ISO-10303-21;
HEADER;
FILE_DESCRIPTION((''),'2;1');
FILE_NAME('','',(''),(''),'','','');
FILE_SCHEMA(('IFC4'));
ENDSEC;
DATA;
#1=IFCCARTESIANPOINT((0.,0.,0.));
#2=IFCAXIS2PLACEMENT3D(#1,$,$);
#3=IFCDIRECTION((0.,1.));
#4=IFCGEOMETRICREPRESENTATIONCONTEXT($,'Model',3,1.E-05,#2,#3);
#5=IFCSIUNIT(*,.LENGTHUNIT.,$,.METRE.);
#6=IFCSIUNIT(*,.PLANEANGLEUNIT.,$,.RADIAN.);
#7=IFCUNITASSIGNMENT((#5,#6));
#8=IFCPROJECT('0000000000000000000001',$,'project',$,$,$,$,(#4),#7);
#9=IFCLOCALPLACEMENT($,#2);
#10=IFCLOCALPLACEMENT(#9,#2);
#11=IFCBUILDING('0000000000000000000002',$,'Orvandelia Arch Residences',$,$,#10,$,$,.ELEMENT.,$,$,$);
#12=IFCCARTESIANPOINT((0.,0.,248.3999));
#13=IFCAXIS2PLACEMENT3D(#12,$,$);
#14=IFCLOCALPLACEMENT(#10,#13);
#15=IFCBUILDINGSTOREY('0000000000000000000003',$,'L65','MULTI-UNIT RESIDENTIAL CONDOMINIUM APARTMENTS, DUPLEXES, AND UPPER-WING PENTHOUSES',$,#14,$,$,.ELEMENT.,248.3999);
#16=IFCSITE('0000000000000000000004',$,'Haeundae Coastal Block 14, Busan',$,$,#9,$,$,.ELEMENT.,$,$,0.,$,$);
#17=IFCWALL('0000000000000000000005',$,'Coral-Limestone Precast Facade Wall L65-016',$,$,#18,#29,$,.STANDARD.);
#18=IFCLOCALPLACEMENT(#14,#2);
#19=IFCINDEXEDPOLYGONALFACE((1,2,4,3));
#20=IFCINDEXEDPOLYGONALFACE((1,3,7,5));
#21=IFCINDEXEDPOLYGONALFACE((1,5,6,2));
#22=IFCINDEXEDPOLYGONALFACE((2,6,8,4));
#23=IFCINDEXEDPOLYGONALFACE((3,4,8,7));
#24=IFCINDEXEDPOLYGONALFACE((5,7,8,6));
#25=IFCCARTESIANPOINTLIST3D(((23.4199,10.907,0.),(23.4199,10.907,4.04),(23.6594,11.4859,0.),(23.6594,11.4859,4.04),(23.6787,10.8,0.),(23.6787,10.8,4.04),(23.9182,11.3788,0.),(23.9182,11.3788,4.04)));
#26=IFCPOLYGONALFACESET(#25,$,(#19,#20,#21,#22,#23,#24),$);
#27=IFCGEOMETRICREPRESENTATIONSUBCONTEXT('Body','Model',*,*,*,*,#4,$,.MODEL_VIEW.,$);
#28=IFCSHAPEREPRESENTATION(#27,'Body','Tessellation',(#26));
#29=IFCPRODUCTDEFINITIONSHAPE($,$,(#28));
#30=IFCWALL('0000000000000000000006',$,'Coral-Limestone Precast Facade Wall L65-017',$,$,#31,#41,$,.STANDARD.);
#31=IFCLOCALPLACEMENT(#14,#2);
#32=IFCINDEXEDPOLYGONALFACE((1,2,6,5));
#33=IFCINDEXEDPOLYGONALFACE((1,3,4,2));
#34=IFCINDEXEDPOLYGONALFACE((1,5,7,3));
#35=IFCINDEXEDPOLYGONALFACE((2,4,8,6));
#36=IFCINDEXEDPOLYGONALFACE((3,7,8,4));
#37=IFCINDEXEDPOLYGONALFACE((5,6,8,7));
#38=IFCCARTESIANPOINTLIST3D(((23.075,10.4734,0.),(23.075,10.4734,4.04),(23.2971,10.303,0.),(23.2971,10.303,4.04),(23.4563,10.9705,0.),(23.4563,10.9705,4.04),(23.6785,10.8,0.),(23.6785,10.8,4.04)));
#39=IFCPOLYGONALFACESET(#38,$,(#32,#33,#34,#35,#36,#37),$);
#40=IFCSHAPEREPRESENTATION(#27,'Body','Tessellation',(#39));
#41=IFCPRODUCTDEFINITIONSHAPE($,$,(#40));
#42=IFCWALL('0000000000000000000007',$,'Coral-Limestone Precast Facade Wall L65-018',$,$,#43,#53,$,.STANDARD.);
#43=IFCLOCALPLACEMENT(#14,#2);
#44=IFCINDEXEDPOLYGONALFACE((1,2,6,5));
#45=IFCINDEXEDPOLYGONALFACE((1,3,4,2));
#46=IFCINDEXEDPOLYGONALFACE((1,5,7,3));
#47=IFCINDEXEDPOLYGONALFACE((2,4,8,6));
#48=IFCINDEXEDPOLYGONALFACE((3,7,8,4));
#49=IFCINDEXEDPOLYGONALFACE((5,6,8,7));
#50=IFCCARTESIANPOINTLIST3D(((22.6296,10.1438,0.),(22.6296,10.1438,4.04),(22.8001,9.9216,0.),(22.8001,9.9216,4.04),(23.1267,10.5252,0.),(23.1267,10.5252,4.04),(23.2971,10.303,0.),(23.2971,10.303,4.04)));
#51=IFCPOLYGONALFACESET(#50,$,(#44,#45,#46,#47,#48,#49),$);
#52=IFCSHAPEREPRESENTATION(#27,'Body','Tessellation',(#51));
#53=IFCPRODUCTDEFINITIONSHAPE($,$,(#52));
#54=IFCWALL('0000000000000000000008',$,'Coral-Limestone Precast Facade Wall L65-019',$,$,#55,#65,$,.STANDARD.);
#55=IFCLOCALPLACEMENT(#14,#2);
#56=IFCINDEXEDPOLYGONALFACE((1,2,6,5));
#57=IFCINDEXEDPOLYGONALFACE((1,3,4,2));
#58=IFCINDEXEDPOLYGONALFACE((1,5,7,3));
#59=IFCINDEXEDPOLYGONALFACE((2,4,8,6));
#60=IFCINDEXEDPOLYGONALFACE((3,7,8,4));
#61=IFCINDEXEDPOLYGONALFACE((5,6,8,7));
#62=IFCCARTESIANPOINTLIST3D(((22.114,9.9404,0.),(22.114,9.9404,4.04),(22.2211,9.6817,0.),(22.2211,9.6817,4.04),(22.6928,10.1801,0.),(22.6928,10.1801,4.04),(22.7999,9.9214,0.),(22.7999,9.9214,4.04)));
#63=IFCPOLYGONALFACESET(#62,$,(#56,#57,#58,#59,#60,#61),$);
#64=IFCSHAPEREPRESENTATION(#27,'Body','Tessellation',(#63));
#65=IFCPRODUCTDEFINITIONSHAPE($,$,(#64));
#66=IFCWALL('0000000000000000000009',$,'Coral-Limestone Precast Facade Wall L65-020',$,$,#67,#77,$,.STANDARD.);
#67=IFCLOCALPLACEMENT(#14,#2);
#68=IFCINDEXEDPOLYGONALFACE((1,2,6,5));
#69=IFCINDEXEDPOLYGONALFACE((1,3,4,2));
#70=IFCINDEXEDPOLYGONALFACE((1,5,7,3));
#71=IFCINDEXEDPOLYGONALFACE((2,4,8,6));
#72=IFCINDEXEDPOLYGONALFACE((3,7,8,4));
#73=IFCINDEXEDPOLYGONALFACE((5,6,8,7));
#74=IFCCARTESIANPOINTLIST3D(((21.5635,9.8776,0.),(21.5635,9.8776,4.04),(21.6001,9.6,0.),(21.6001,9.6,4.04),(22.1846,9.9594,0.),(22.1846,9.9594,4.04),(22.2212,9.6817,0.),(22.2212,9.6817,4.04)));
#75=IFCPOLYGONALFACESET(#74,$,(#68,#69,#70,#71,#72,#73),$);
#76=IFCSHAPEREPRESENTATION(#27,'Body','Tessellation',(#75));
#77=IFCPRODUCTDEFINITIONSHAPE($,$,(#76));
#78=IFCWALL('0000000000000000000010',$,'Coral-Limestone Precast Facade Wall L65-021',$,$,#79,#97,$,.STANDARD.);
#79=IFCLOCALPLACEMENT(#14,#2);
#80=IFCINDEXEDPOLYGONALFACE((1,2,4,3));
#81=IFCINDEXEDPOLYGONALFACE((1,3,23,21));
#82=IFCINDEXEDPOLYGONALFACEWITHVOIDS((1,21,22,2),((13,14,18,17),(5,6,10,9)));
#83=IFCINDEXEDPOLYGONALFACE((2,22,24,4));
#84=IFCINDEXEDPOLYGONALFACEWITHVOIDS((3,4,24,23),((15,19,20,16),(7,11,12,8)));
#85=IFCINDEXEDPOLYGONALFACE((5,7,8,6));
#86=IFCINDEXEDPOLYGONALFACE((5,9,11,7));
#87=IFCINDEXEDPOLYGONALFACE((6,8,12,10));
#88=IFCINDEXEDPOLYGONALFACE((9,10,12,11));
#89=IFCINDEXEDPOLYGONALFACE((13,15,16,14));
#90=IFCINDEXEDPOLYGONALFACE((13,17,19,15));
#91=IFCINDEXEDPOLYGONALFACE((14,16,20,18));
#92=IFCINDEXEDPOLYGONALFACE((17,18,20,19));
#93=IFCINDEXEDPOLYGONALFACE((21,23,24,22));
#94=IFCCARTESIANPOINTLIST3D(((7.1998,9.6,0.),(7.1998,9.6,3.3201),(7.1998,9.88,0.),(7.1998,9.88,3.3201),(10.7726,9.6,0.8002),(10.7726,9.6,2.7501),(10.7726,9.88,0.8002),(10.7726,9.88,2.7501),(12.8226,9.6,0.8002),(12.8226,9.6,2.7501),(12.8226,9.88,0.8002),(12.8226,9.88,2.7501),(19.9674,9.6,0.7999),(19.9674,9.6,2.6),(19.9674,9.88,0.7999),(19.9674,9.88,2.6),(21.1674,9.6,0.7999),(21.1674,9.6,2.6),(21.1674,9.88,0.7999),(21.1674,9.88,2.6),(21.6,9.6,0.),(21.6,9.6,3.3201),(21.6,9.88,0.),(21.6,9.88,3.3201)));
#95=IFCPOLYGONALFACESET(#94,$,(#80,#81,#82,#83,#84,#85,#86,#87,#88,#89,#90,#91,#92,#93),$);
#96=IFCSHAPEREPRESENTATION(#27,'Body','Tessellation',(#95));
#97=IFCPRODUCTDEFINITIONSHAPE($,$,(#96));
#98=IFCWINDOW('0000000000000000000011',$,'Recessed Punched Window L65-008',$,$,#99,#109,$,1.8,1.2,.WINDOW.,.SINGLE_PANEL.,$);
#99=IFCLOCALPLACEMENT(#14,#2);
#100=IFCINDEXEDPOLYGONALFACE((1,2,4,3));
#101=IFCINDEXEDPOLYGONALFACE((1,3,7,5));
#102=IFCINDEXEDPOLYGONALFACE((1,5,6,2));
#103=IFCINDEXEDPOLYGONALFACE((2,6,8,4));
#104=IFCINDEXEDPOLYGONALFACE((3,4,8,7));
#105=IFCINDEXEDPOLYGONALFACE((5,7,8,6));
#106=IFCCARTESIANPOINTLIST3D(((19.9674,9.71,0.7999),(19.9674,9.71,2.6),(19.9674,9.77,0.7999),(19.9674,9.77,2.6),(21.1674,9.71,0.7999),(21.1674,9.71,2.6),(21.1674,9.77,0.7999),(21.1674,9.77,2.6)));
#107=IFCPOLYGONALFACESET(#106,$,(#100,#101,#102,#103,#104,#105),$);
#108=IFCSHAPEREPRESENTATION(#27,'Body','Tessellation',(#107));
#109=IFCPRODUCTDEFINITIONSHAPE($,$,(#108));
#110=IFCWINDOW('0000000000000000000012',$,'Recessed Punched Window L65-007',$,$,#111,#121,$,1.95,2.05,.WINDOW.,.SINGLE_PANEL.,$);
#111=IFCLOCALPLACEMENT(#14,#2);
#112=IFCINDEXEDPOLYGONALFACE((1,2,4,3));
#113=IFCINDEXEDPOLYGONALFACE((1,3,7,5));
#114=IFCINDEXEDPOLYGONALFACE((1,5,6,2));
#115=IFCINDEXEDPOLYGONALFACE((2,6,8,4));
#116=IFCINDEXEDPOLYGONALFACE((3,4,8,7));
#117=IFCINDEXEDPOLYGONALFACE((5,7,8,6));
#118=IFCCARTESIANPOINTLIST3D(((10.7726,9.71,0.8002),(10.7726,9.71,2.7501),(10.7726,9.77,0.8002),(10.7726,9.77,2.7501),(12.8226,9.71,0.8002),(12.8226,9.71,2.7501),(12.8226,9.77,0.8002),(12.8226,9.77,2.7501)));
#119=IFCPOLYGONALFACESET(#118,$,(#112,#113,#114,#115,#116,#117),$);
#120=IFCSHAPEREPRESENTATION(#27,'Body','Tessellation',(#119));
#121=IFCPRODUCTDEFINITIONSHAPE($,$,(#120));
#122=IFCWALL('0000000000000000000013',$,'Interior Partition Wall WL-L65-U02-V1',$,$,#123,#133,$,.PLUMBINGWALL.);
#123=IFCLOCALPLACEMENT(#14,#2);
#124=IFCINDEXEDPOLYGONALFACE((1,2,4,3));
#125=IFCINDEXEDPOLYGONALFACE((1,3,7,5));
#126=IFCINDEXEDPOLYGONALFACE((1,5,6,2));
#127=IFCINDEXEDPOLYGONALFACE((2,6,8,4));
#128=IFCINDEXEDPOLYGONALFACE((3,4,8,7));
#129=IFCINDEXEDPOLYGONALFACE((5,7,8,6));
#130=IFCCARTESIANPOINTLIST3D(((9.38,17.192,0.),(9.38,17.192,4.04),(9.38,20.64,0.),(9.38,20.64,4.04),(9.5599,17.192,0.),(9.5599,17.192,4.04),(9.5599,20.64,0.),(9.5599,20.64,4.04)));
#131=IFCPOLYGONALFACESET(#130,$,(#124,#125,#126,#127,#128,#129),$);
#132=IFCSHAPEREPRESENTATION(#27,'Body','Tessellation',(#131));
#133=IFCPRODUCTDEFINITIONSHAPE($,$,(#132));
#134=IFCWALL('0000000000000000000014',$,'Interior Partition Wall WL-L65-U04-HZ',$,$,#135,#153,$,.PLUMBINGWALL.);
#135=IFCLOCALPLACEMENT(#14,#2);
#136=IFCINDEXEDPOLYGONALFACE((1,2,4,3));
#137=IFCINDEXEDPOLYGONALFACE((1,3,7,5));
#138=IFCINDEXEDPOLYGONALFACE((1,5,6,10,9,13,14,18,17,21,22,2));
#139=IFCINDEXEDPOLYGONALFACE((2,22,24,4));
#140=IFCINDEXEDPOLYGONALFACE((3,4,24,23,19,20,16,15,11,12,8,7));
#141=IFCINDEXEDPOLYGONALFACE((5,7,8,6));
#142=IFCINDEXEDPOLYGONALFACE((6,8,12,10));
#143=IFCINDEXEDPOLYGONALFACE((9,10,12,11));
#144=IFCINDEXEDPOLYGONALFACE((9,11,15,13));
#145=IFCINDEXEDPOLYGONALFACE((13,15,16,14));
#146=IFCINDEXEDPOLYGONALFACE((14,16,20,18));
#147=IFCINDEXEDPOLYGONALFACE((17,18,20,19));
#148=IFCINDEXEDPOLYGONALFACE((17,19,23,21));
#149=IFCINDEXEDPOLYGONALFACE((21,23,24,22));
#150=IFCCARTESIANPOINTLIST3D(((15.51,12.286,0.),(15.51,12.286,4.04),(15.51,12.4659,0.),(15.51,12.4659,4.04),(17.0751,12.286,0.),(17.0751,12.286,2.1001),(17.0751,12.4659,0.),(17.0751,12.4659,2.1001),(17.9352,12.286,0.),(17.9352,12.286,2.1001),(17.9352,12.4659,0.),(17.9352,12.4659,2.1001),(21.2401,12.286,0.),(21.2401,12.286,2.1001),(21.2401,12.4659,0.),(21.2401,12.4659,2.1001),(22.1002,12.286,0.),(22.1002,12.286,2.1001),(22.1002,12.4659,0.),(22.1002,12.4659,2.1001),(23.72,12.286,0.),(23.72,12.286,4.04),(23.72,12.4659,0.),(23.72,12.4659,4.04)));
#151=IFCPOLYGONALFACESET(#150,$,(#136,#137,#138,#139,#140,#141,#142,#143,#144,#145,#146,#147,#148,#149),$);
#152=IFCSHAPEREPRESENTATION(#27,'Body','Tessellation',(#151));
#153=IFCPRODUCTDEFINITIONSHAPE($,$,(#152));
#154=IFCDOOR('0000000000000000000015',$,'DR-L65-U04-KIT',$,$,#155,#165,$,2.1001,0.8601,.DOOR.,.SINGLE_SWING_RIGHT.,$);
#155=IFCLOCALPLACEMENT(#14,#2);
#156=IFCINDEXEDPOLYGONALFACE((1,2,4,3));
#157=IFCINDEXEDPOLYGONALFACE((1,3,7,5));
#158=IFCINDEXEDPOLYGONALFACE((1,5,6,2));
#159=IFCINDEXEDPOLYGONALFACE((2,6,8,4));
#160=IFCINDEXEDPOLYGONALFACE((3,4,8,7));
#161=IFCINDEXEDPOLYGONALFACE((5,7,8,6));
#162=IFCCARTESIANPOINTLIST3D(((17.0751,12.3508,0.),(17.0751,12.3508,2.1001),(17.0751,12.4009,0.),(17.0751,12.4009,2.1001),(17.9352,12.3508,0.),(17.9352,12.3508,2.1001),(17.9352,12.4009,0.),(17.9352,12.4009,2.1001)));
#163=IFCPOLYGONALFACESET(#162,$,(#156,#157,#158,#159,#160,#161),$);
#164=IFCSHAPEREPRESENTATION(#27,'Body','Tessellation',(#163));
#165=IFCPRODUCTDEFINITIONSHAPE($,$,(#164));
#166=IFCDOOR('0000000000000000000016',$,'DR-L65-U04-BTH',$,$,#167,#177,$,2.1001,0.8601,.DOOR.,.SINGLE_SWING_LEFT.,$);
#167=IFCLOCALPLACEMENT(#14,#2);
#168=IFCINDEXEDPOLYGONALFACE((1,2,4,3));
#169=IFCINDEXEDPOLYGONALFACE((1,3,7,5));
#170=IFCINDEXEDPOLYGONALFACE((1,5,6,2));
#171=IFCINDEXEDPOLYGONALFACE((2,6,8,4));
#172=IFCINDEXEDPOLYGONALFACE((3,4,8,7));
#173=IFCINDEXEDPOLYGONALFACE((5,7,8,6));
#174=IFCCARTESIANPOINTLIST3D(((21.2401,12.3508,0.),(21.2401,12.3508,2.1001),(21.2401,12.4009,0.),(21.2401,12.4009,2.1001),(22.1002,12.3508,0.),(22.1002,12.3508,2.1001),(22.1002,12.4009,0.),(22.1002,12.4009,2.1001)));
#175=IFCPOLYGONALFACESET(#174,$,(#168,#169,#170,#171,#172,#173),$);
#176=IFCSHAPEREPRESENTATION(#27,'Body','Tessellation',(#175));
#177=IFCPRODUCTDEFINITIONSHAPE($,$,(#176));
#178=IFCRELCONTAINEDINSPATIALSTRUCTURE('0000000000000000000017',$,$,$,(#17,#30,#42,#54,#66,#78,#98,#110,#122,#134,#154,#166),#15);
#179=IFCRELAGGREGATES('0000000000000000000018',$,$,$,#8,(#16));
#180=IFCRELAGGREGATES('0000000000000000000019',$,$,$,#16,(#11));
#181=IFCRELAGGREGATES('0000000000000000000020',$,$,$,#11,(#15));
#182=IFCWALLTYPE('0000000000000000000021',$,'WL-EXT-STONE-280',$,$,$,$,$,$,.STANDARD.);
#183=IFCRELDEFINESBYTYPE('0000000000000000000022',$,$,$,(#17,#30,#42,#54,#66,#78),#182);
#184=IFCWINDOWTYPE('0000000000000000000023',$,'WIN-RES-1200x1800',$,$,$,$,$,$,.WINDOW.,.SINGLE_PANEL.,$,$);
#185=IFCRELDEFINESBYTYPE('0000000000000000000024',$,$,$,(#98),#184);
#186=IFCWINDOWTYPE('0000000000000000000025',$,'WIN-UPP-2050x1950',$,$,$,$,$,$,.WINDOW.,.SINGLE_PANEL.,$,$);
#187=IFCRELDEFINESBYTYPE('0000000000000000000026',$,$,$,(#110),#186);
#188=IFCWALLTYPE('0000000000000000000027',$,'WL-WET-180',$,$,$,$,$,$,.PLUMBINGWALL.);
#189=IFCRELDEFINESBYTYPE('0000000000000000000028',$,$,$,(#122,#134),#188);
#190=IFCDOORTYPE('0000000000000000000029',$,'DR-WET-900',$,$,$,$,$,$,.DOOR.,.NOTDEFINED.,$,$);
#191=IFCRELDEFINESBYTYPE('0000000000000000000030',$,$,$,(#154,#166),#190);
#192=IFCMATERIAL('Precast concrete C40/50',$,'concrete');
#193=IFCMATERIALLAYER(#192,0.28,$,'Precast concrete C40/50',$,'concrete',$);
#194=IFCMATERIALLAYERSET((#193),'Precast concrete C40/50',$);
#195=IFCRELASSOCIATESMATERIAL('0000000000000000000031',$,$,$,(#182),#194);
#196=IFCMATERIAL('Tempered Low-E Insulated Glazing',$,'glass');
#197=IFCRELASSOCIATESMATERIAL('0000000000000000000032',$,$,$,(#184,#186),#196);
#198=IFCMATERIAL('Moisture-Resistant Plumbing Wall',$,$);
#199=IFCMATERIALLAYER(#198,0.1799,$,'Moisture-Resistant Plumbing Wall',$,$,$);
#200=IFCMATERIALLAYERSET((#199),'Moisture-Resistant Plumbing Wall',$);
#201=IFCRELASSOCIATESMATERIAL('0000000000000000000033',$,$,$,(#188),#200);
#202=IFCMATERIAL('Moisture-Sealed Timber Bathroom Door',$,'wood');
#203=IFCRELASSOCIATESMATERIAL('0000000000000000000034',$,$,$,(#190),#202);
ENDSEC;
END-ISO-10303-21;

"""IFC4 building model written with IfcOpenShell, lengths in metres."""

from ifc_helpers import new_model, si_unit, direction, frame, frame_2d, origin, place, context, subcontext, project, spatial, rectangle, extrude, material, layer, layer_set, type_object, element, fill, save


model = new_model("IFC4")

# Units and contexts
model_context = context("Model", 3, precision=1e-05, world=origin(), true_north=direction((0.0, 1.0)))
body_context = subcontext(model_context, "Body", "Model", "MODEL_VIEW")
ifc_project = project(units=[si_unit("LENGTHUNIT", "METRE"), si_unit("PLANEANGLEUNIT", "RADIAN")], contexts=[model_context])

# Site, building, storey
site_placement = place(None, origin())
site = spatial("IfcSite", under=ifc_project, at=site_placement, Name="Haeundae Coastal Block 14, Busan", CompositionType="ELEMENT", RefElevation=0.0)
building_placement = place(site_placement, origin())
building = spatial("IfcBuilding", under=site, at=building_placement, Name="Orvandelia Arch Residences", CompositionType="ELEMENT")
storey_placement = place(building_placement, frame((0.0, 0.0, 248.3999)))
storey = spatial("IfcBuildingStorey", under=building, at=storey_placement, Name="L65", Description="MULTI-UNIT RESIDENTIAL CONDOMINIUM APARTMENTS, DUPLEXES, AND UPPER-WING PENTHOUSES", CompositionType="ELEMENT", Elevation=248.3999)

# Walls
ifc_material_1 = material(Name="Precast concrete C40/50", Category="concrete")
ifc_layer_1 = layer(ifc_material_1, 0.28, Name="Precast concrete C40/50", Category="concrete")
ifc_layer_set_1 = layer_set([ifc_layer_1], Name="Precast concrete C40/50")
wall_type_1 = type_object("IfcWallType", Name="WL-EXT-STONE-280", PredefinedType="STANDARD", material=ifc_layer_set_1)
for number, where, z_axis, x_axis, name in (
    (1, (23.7888, 11.4324, 0.0), (0.0, 0.0, 1.0), (-0.382317, -0.924031, 0.0), "Coral-Limestone Precast Facade Wall L65-016"),
    (2, (23.5674, 10.8853, 0.0), (0.0, 0.0, 1.0), (-0.608693, -0.793406, 0.0), "Coral-Limestone Precast Facade Wall L65-017"),
    (3, (23.2119, 10.4141, 0.0), (0.0, 0.0, 1.0), (-0.793406, -0.608693, 0.0), "Coral-Limestone Precast Facade Wall L65-018"),
    (4, (22.7463, 10.0508, 0.0), (0.0, 0.0, 1.0), (-0.923893, -0.38265, 0.0), "Coral-Limestone Precast Facade Wall L65-019"),
    (5, (22.2029, 9.8206, 0.0), (0.0, 0.0, 1.0), (-0.991441, -0.130555, 0.0), "Coral-Limestone Precast Facade Wall L65-020"),
):
    element("IfcWall", number, at=place(storey_placement, frame(where, z_axis=z_axis, x_axis=x_axis)), inside=storey, type_object=wall_type_1, Name=name, PredefinedType="STANDARD", context=body_context, shape_type="SweptSolid", body=[
        extrude(rectangle(XDim=0.6265, YDim=0.28, at=frame_2d((0.3132, 0.0))), origin(), (0.0, 0.0, 1.0), 4.04),
    ])

# Wall, openings, windows
wall_1_placement = place(storey_placement, frame((21.6001, 9.74, 0.0), z_axis=(0.0, 0.0, 1.0), x_axis=(-1.0, 0.0, 0.0)))
wall_1 = element("IfcWall", 6, at=wall_1_placement, inside=storey, type_object=wall_type_1, Name="Coral-Limestone Precast Facade Wall L65-021", PredefinedType="STANDARD", context=body_context, shape_type="SweptSolid", body=[
    extrude(rectangle(XDim=14.4001, YDim=0.28, at=frame_2d((7.2002, 0.0))), origin(), (0.0, 0.0, 1.0), 3.3201),
])
opening_1_placement = place(wall_1_placement, frame((8.7776, 0.0, 0.8)))
opening_1 = element("IfcOpeningElement", 7, at=opening_1_placement, cuts=wall_1, PredefinedType="OPENING", context=body_context, shape_type="SweptSolid", body=[
    extrude(rectangle(XDim=2.05, YDim=1.95, at=frame_2d((1.0249, 0.9751))), frame((0.0, 0.1499, 0.0), z_axis=(0.0, -1.0, 0.0), x_axis=(1.0, 0.0, 0.0)), (0.0, 0.0, 1.0), 0.3),
])
opening_2_placement = place(wall_1_placement, frame((0.4326, 0.0, 0.8)))
opening_2 = element("IfcOpeningElement", 8, at=opening_2_placement, cuts=wall_1, PredefinedType="OPENING", context=body_context, shape_type="SweptSolid", body=[
    extrude(rectangle(XDim=1.2, YDim=1.8, at=frame_2d((0.6001, 0.8999))), frame((0.0, 0.1499, 0.0), z_axis=(0.0, -1.0, 0.0), x_axis=(1.0, 0.0, 0.0)), (0.0, 0.0, 1.0), 0.3),
])
ifc_material_2 = material(Name="Tempered Low-E Insulated Glazing", Category="glass")
window_type_1 = type_object("IfcWindowType", Name="WIN-RES-1200x1800", PartitioningType="SINGLE_PANEL", PredefinedType="WINDOW", material=ifc_material_2)
window_1_placement = place(opening_2_placement, origin())
window_1 = element("IfcWindow", 9, at=window_1_placement, inside=storey, type_object=window_type_1, Name="Recessed Punched Window L65-008", OverallHeight=1.8, OverallWidth=1.2, PartitioningType="SINGLE_PANEL", PredefinedType="WINDOW", context=body_context, shape_type="SweptSolid", body=[
    extrude(rectangle(XDim=1.2, YDim=1.8, at=frame_2d((0.6001, 0.8999))), frame((0.0, 0.03, 0.0), z_axis=(0.0, -1.0, 0.0), x_axis=(1.0, 0.0, 0.0)), (0.0, 0.0, 1.0), 0.0601),
])
fill(opening_2, window_1)
window_type_2 = type_object("IfcWindowType", Name="WIN-UPP-2050x1950", PartitioningType="SINGLE_PANEL", PredefinedType="WINDOW", material=ifc_material_2)
window_2_placement = place(opening_1_placement, origin())
window_2 = element("IfcWindow", 10, at=window_2_placement, inside=storey, type_object=window_type_2, Name="Recessed Punched Window L65-007", OverallHeight=1.95, OverallWidth=2.05, PartitioningType="SINGLE_PANEL", PredefinedType="WINDOW", context=body_context, shape_type="SweptSolid", body=[
    extrude(rectangle(XDim=2.05, YDim=1.95, at=frame_2d((1.0249, 0.9751))), frame((0.0, 0.03, 0.0), z_axis=(0.0, -1.0, 0.0), x_axis=(1.0, 0.0, 0.0)), (0.0, 0.0, 1.0), 0.0601),
])
fill(opening_1, window_2)

# Wall
ifc_material_3 = material(Name="Moisture-Resistant Plumbing Wall")
ifc_layer_2 = layer(ifc_material_3, 0.1799, Name="Moisture-Resistant Plumbing Wall")
ifc_layer_set_2 = layer_set([ifc_layer_2], Name="Moisture-Resistant Plumbing Wall")
wall_type_2 = type_object("IfcWallType", Name="WL-WET-180", PredefinedType="PLUMBINGWALL", material=ifc_layer_set_2)
wall_2_placement = place(storey_placement, frame((9.47, 17.1919, 0.0), z_axis=(0.0, 0.0, 1.0), x_axis=(0.0, 1.0, 0.0)))
element("IfcWall", 11, at=wall_2_placement, inside=storey, type_object=wall_type_2, Name="Interior Partition Wall WL-L65-U02-V1", PredefinedType="PLUMBINGWALL", context=body_context, shape_type="SweptSolid", body=[
    extrude(rectangle(XDim=3.448, YDim=0.1799, at=frame_2d((1.7241, 0.0))), origin(), (0.0, 0.0, 1.0), 4.04),
])

# Wall, openings, doors
wall_3_placement = place(storey_placement, frame((15.51, 12.376, 0.0), z_axis=(0.0, 0.0, 1.0), x_axis=(1.0, 0.0, 0.0)))
wall_3 = element("IfcWall", 12, at=wall_3_placement, inside=storey, type_object=wall_type_2, Name="Interior Partition Wall WL-L65-U04-HZ", PredefinedType="PLUMBINGWALL", context=body_context, shape_type="SweptSolid", body=[
    extrude(rectangle(XDim=8.21, YDim=0.1799, at=frame_2d((4.105, 0.0))), origin(), (0.0, 0.0, 1.0), 4.04),
])
opening_3_placement = place(wall_3_placement, frame((1.5649, 0.0, 0.0)))
opening_3 = element("IfcOpeningElement", 13, at=opening_3_placement, cuts=wall_3, PredefinedType="OPENING", context=body_context, shape_type="SweptSolid", body=[
    extrude(rectangle(XDim=0.8601, YDim=2.1001, at=frame_2d((0.4302, 1.05))), frame((0.0, 0.1001, 0.0), z_axis=(0.0, -1.0, 0.0), x_axis=(1.0, 0.0, 0.0)), (0.0, 0.0, 1.0), 0.2),
])
opening_4_placement = place(wall_3_placement, frame((5.73, 0.0, 0.0)))
opening_4 = element("IfcOpeningElement", 14, at=opening_4_placement, cuts=wall_3, PredefinedType="OPENING", context=body_context, shape_type="SweptSolid", body=[
    extrude(rectangle(XDim=0.8601, YDim=2.1001, at=frame_2d((0.4302, 1.05))), frame((0.0, 0.1001, 0.0), z_axis=(0.0, -1.0, 0.0), x_axis=(1.0, 0.0, 0.0)), (0.0, 0.0, 1.0), 0.2),
])
ifc_material_4 = material(Name="Moisture-Sealed Timber Bathroom Door", Category="wood")
door_type_1 = type_object("IfcDoorType", Name="DR-WET-900", OperationType="NOTDEFINED", PredefinedType="DOOR", material=ifc_material_4)
door_1_placement = place(opening_3_placement, origin())
door_1 = element("IfcDoor", 15, at=door_1_placement, inside=storey, type_object=door_type_1, Name="DR-L65-U04-KIT", OperationType="SINGLE_SWING_RIGHT", OverallHeight=2.1001, OverallWidth=0.8601, PredefinedType="DOOR", context=body_context, shape_type="SweptSolid", body=[
    extrude(rectangle(XDim=0.8601, YDim=2.1001, at=frame_2d((0.4302, 1.05))), frame((0.0, 0.0249, 0.0), z_axis=(0.0, -1.0, 0.0), x_axis=(1.0, 0.0, 0.0)), (0.0, 0.0, 1.0), 0.05),
])
fill(opening_3, door_1)
door_2_placement = place(opening_4_placement, origin())
door_2 = element("IfcDoor", 16, at=door_2_placement, inside=storey, type_object=door_type_1, Name="DR-L65-U04-BTH", OperationType="SINGLE_SWING_LEFT", OverallHeight=2.1001, OverallWidth=0.8601, PredefinedType="DOOR", context=body_context, shape_type="SweptSolid", body=[
    extrude(rectangle(XDim=0.8601, YDim=2.1001, at=frame_2d((0.4302, 1.05))), frame((0.0, 0.0249, 0.0), z_axis=(0.0, -1.0, 0.0), x_axis=(1.0, 0.0, 0.0)), (0.0, 0.0, 1.0), 0.05),
])
fill(opening_4, door_2)

save(model, "model.ifc")
